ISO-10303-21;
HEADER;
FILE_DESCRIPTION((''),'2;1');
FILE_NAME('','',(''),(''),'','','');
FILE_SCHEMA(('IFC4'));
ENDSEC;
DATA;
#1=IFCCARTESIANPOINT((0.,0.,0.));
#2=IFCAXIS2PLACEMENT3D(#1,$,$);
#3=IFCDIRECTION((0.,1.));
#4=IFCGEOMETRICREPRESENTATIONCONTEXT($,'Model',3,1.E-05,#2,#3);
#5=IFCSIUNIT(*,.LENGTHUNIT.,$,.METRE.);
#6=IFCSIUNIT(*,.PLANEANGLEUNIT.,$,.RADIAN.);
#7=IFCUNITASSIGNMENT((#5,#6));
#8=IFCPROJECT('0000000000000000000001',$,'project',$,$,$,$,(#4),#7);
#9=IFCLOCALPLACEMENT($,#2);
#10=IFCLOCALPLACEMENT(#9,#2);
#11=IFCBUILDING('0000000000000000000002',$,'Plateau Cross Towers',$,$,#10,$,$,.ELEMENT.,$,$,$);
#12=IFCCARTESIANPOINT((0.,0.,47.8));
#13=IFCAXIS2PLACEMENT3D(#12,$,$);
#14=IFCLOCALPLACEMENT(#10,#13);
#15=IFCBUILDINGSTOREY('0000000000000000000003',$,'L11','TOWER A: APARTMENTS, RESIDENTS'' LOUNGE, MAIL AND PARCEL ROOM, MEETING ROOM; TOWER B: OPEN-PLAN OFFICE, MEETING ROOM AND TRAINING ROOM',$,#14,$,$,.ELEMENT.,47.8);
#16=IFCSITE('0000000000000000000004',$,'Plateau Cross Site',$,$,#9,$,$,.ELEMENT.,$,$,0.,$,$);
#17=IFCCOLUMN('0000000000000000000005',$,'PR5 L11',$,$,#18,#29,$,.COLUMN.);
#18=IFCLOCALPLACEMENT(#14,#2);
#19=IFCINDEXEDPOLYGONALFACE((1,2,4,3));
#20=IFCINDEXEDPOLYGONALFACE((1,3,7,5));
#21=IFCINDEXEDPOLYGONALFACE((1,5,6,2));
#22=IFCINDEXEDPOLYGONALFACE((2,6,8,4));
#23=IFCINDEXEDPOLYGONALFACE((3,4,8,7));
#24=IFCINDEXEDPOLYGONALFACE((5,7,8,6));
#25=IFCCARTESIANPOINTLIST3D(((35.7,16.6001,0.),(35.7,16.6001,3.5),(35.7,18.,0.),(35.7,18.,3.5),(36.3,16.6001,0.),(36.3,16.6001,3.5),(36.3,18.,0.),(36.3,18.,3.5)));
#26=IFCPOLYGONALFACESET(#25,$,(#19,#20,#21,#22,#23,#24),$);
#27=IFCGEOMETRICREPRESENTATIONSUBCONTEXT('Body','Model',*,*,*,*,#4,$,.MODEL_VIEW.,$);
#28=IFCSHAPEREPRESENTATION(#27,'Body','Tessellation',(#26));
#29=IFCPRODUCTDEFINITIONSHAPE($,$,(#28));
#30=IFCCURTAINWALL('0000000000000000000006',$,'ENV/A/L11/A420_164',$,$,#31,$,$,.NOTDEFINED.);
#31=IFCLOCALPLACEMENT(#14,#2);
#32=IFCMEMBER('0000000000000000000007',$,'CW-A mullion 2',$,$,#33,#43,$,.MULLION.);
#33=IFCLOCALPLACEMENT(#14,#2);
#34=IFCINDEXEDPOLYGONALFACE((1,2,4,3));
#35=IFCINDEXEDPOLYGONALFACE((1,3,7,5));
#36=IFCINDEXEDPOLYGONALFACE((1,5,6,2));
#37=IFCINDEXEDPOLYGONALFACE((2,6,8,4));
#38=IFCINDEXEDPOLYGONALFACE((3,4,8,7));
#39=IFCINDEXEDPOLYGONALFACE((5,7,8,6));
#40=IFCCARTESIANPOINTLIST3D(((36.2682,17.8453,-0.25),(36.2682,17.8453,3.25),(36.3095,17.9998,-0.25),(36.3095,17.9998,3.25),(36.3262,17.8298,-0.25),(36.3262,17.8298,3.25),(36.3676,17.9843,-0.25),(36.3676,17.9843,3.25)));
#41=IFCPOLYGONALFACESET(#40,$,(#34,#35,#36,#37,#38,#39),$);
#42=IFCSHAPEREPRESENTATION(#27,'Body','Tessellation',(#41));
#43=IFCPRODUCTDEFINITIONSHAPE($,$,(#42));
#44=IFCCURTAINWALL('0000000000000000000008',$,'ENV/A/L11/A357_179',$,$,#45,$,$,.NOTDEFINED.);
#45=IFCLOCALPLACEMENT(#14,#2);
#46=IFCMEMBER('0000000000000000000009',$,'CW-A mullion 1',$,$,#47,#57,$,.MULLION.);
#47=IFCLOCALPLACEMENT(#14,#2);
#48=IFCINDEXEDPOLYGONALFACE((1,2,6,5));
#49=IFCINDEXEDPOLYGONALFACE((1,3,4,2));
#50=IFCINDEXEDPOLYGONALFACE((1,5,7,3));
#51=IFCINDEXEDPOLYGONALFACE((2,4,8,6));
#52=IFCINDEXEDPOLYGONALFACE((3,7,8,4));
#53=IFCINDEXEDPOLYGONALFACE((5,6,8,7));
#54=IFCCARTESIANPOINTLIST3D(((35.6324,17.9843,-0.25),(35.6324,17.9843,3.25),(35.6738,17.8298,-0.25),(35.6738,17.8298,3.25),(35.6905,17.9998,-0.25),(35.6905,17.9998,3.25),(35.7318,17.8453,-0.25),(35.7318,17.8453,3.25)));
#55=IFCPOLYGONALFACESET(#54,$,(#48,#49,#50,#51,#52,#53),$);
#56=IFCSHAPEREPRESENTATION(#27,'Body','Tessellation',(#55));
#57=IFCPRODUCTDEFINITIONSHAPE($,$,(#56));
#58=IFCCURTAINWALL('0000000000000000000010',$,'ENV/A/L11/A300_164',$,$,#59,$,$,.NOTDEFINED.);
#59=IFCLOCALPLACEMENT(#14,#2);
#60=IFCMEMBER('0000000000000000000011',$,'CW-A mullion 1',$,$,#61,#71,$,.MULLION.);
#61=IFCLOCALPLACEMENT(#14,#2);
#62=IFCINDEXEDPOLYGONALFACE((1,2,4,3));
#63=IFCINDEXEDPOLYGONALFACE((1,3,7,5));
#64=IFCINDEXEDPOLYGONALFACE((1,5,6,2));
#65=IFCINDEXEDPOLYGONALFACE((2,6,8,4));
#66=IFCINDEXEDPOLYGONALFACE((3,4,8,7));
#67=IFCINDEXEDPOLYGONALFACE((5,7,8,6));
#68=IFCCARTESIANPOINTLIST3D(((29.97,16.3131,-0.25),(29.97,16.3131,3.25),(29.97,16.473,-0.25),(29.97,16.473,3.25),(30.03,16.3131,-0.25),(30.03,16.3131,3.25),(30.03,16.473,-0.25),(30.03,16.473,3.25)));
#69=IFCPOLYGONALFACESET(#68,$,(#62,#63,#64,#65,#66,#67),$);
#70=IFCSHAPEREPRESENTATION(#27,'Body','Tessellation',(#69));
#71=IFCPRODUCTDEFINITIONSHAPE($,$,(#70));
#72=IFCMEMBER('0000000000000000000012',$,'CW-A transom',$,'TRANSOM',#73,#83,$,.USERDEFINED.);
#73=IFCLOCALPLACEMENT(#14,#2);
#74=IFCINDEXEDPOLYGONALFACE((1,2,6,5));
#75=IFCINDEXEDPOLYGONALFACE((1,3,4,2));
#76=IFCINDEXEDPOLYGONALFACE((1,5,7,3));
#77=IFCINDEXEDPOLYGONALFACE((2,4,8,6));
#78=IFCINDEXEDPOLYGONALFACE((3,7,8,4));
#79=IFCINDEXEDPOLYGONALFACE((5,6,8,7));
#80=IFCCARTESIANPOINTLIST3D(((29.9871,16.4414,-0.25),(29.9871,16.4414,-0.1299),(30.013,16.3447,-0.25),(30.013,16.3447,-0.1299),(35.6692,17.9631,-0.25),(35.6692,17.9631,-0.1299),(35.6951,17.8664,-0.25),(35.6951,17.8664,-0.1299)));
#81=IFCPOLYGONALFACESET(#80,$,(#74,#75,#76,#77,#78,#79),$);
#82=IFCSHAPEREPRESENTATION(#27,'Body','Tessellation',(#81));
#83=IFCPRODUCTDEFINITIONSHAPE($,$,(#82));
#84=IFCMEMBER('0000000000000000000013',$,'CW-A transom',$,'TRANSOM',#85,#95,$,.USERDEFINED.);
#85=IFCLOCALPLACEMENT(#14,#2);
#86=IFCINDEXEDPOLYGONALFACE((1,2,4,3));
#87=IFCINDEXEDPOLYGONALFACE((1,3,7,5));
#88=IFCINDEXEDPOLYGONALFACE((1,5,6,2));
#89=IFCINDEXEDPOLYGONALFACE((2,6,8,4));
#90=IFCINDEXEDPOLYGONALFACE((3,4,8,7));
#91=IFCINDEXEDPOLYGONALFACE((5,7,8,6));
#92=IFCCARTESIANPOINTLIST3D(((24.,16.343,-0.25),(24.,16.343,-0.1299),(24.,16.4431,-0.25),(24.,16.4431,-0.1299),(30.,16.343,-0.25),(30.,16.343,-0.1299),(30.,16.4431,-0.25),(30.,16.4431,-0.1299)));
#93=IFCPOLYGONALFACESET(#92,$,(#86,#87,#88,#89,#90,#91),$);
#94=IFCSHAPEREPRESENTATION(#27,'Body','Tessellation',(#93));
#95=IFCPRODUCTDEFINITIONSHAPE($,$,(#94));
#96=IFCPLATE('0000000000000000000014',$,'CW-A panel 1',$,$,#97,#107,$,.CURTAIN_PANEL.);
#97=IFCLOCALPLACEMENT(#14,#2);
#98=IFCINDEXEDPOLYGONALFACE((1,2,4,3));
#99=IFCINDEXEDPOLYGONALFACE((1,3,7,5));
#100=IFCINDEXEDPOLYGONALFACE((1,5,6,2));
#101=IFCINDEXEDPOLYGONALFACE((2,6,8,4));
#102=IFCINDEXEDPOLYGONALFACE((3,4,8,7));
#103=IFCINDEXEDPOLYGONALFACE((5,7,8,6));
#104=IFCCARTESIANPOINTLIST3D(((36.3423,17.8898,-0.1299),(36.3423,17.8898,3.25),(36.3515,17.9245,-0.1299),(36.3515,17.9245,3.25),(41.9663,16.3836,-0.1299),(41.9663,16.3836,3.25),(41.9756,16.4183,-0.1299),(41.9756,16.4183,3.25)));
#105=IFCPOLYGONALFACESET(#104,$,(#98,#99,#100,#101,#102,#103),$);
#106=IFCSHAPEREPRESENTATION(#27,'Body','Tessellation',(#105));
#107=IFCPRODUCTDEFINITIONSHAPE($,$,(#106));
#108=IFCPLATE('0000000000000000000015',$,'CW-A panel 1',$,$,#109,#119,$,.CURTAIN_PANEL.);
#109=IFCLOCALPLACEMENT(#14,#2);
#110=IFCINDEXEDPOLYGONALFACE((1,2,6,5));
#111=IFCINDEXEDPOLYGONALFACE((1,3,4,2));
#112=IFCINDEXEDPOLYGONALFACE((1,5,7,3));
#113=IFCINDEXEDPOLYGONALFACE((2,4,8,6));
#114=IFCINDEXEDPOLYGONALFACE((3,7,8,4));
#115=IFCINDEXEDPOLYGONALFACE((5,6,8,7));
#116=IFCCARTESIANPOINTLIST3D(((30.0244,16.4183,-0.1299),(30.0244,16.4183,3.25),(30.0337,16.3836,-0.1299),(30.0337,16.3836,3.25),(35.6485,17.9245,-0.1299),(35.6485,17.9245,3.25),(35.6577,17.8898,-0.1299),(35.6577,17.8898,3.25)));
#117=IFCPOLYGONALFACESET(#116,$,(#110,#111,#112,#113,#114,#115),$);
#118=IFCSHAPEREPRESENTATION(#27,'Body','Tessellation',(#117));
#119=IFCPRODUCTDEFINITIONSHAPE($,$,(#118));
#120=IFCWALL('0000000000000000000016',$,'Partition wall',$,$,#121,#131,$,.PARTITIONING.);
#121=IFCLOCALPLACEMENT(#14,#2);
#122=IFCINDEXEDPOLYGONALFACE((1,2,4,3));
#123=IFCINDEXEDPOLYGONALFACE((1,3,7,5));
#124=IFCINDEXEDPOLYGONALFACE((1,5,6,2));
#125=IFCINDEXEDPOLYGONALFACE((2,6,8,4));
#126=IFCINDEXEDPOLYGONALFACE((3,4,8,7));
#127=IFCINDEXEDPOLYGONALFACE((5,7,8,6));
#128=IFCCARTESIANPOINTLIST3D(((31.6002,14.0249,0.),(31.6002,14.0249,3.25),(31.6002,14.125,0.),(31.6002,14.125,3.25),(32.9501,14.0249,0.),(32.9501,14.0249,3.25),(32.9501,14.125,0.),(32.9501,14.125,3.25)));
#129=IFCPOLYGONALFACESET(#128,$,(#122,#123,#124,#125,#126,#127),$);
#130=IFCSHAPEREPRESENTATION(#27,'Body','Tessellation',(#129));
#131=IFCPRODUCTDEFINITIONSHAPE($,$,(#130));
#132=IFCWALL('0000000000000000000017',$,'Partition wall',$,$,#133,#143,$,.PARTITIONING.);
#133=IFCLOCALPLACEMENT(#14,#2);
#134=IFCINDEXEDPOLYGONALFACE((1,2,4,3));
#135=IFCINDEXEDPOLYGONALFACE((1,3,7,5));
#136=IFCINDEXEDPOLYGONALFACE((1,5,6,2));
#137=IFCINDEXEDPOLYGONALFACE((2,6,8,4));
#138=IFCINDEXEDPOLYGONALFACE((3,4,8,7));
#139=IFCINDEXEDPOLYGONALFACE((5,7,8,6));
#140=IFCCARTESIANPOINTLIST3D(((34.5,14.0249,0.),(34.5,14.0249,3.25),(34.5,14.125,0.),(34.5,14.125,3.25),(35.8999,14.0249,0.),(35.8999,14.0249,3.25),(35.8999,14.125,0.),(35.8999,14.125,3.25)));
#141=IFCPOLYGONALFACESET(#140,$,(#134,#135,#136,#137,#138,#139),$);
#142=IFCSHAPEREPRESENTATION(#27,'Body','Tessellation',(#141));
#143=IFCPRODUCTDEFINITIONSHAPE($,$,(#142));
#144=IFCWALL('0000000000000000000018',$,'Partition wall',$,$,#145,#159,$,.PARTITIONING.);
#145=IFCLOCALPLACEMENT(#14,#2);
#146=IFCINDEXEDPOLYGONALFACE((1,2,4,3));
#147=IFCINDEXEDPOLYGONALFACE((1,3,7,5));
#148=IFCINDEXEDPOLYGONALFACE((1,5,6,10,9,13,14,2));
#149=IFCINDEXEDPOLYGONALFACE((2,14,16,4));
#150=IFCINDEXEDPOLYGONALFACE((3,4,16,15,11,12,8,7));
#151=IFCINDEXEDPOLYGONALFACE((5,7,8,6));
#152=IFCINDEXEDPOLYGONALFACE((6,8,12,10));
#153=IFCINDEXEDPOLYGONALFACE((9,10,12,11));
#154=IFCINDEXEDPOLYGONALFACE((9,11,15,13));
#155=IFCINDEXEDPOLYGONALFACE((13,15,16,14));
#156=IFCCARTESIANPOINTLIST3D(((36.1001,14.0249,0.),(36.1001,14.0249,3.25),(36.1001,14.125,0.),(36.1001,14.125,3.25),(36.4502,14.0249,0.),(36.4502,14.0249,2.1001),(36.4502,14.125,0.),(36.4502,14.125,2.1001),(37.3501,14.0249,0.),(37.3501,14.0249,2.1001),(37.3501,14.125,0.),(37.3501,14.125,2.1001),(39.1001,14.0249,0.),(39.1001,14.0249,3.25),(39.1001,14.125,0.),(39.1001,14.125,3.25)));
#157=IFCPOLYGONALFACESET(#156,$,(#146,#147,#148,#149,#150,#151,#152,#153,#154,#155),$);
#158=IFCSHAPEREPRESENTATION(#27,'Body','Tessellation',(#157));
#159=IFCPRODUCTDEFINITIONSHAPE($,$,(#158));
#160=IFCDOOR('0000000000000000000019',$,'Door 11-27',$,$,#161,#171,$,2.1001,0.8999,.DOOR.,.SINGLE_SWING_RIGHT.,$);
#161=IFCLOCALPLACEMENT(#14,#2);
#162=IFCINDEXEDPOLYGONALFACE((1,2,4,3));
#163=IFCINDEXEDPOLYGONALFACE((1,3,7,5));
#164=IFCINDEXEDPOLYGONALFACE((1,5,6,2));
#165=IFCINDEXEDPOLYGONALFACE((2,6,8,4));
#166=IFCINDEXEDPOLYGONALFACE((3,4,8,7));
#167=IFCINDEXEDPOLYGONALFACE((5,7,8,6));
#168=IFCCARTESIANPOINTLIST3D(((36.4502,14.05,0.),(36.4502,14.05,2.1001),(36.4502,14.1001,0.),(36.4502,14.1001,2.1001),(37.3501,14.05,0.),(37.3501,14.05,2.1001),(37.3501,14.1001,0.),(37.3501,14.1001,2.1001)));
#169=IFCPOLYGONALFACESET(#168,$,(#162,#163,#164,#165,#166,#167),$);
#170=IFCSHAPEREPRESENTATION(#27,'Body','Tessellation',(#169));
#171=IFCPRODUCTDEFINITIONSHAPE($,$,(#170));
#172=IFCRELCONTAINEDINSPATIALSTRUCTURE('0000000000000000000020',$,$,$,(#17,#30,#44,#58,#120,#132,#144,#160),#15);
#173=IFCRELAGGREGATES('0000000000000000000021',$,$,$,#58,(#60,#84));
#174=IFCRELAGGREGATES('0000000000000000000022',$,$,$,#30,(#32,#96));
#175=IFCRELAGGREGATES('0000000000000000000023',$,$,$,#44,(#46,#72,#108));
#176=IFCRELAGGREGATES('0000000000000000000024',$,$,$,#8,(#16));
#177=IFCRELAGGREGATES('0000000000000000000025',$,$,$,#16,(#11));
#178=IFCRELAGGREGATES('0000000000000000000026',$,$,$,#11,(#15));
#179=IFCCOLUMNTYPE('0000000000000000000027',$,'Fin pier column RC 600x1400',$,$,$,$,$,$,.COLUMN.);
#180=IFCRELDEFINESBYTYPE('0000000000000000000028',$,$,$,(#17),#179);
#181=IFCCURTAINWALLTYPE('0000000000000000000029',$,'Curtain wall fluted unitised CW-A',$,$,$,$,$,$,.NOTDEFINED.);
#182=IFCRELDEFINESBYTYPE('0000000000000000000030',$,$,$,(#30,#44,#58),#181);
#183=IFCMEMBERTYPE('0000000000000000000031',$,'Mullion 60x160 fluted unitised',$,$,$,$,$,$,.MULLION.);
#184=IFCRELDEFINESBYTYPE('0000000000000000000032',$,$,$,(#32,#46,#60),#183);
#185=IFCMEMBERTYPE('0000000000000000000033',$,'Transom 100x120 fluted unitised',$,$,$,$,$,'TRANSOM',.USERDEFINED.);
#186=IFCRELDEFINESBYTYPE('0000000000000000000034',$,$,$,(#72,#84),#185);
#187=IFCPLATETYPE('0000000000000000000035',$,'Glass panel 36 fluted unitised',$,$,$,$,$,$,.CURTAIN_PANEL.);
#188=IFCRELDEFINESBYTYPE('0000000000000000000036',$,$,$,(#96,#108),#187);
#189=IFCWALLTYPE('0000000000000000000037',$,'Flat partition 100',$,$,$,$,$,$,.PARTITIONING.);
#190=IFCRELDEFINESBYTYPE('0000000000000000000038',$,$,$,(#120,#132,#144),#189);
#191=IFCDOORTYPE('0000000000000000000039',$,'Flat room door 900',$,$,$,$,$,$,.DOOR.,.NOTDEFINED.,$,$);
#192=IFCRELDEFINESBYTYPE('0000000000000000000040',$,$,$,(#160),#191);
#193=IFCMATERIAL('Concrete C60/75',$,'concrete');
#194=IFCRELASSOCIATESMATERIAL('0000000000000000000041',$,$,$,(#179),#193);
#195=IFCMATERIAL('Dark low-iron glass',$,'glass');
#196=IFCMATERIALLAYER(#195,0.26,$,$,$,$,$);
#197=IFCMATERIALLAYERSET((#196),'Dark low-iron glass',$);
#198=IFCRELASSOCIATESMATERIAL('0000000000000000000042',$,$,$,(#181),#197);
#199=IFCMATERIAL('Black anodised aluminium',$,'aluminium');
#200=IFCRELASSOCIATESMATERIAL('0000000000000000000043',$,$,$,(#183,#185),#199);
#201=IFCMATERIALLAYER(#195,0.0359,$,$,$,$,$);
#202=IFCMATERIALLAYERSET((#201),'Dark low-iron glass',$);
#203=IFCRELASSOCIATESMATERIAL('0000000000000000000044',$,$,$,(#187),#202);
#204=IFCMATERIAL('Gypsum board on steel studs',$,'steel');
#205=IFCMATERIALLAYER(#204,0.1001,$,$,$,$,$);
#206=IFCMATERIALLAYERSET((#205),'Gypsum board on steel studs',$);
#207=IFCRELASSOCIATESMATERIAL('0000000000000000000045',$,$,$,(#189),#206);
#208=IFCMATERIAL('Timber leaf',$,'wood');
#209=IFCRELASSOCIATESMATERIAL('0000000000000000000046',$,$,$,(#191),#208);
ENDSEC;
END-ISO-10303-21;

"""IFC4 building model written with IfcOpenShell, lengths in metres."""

from ifc_helpers import new_model, si_unit, direction, frame, frame_2d, origin, origin_2d, place, context, subcontext, project, spatial, rectangle, extrude, material, layer, layer_set, material_profile, profile_set, type_object, element, fill, aggregate, save


model = new_model("IFC4")

# Units and contexts
model_context = context("Model", 3, precision=1e-05, world=origin(), true_north=direction((0.0, 1.0)))
body_context = subcontext(model_context, "Body", "Model", "MODEL_VIEW")
ifc_project = project(units=[si_unit("LENGTHUNIT", "METRE"), si_unit("PLANEANGLEUNIT", "RADIAN")], contexts=[model_context])

# Site, building, storey
site_placement = place(None, origin())
site = spatial("IfcSite", under=ifc_project, at=site_placement, Name="Plateau Cross Site", CompositionType="ELEMENT", RefElevation=0.0)
building_placement = place(site_placement, origin())
building = spatial("IfcBuilding", under=site, at=building_placement, Name="Plateau Cross Towers", CompositionType="ELEMENT")
storey_placement = place(building_placement, frame((0.0, 0.0, 47.8)))
storey = spatial("IfcBuildingStorey", under=building, at=storey_placement, Name="L11", Description="TOWER A: APARTMENTS, RESIDENTS' LOUNGE, MAIL AND PARCEL ROOM, MEETING ROOM; TOWER B: OPEN-PLAN OFFICE, MEETING ROOM AND TRAINING ROOM", CompositionType="ELEMENT", Elevation=47.8)

# Column
ifc_material_1 = material(Name="Concrete C60/75", Category="concrete")
ifc_material_profile_1 = material_profile(ifc_material_1, rectangle(XDim=0.6001, YDim=1.3999, at=origin_2d()), Name="RC 600x1400")
ifc_profile_set_1 = profile_set([ifc_material_profile_1], Name="Concrete C60/75")
column_type = type_object("IfcColumnType", Name="Fin pier column RC 600x1400", PredefinedType="COLUMN", material=ifc_profile_set_1)
column_placement = place(storey_placement, frame((36.0, 17.3, 0.0), z_axis=(0.0, 0.0, 1.0), x_axis=(1.0, 0.0, 0.0)))
element("IfcColumn", 1, at=column_placement, inside=storey, type_object=column_type, Name="PR5 L11", PredefinedType="COLUMN", context=body_context, shape_type="SweptSolid", body=[
    extrude(rectangle(XDim=0.6001, YDim=1.3999, at=origin_2d()), origin(), (0.0, 0.0, 1.0), 3.5),
])

# Curtain walls, members
ifc_material_2 = material(Name="Dark low-iron glass", Category="glass")
ifc_layer_1 = layer(ifc_material_2, 0.26)
ifc_layer_set_1 = layer_set([ifc_layer_1], Name="Dark low-iron glass")
curtain_wall_type = type_object("IfcCurtainWallType", Name="Curtain wall fluted unitised CW-A", PredefinedType="NOTDEFINED", material=ifc_layer_set_1)
curtain_wall_1_placement = place(storey_placement, origin())
curtain_wall_1 = element("IfcCurtainWall", 2, at=curtain_wall_1_placement, inside=storey, type_object=curtain_wall_type, Name="ENV/A/L11/A420_164", PredefinedType="NOTDEFINED")
ifc_material_3 = material(Name="Black anodised aluminium", Category="aluminium")
ifc_material_profile_2 = material_profile(ifc_material_3, rectangle(XDim=0.0601, YDim=0.1599, at=origin_2d()), Name="MULLION 60x160")
ifc_profile_set_2 = profile_set([ifc_material_profile_2], Name="Black anodised aluminium")
member_type_1 = type_object("IfcMemberType", Name="Mullion 60x160 fluted unitised", PredefinedType="MULLION", material=ifc_profile_set_2)
member_1_placement = place(storey_placement, frame((36.3179, 17.9148, -0.25), z_axis=(0.0, 0.0, 1.0), x_axis=(-0.965958, 0.258699, 0.0)))
member_1 = element("IfcMember", 3, at=member_1_placement, type_object=member_type_1, Name="CW-A mullion 2", PredefinedType="MULLION", context=body_context, shape_type="SweptSolid", body=[
    extrude(rectangle(XDim=0.0601, YDim=0.1599, at=origin_2d()), origin(), (0.0, 0.0, 1.0), 3.5),
])
curtain_wall_2_placement = place(storey_placement, origin())
curtain_wall_2 = element("IfcCurtainWall", 4, at=curtain_wall_2_placement, inside=storey, type_object=curtain_wall_type, Name="ENV/A/L11/A357_179", PredefinedType="NOTDEFINED")
member_2_placement = place(storey_placement, frame((35.6821, 17.9148, -0.25), z_axis=(0.0, 0.0, 1.0), x_axis=(-0.965958, -0.258699, 0.0)))
member_2 = element("IfcMember", 5, at=member_2_placement, type_object=member_type_1, Name="CW-A mullion 1", PredefinedType="MULLION", context=body_context, shape_type="SweptSolid", body=[
    extrude(rectangle(XDim=0.0601, YDim=0.1599, at=origin_2d()), origin(), (0.0, 0.0, 1.0), 3.5),
])
curtain_wall_3_placement = place(storey_placement, origin())
curtain_wall_3 = element("IfcCurtainWall", 6, at=curtain_wall_3_placement, inside=storey, type_object=curtain_wall_type, Name="ENV/A/L11/A300_164", PredefinedType="NOTDEFINED")
member_3_placement = place(storey_placement, frame((30.0, 16.3931, -0.25), z_axis=(0.0, 0.0, 1.0), x_axis=(-1.0, 0.0, 0.0)))
member_3 = element("IfcMember", 7, at=member_3_placement, type_object=member_type_1, Name="CW-A mullion 1", PredefinedType="MULLION", context=body_context, shape_type="SweptSolid", body=[
    extrude(rectangle(XDim=0.0601, YDim=0.1599, at=origin_2d()), origin(), (0.0, 0.0, 1.0), 3.5),
])

# Members
ifc_material_profile_3 = material_profile(ifc_material_3, rectangle(XDim=0.1001, YDim=0.1201, at=origin_2d()), Name="TRANSOM 100x120")
ifc_profile_set_3 = profile_set([ifc_material_profile_3], Name="Black anodised aluminium")
member_type_2 = type_object("IfcMemberType", Name="Transom 100x120 fluted unitised", ElementType="TRANSOM", PredefinedType="USERDEFINED", material=ifc_profile_set_3)
member_4_placement = place(storey_placement, frame((35.6821, 17.9148, -0.1899), z_axis=(-0.96596, -0.258693, 0.0), x_axis=(0.258693, -0.96596, 0.0)))
member_4 = element("IfcMember", 8, at=member_4_placement, type_object=member_type_2, Name="CW-A transom", ObjectType="TRANSOM", PredefinedType="USERDEFINED", context=body_context, shape_type="SweptSolid", body=[
    extrude(rectangle(XDim=0.1001, YDim=0.1201, at=origin_2d()), origin(), (0.0, 0.0, 1.0), 5.8823),
])
member_5_placement = place(storey_placement, frame((30.0, 16.3931, -0.1899), z_axis=(-1.0, 0.0, 0.0), x_axis=(0.0, -1.0, 0.0)))
member_5 = element("IfcMember", 9, at=member_5_placement, type_object=member_type_2, Name="CW-A transom", ObjectType="TRANSOM", PredefinedType="USERDEFINED", context=body_context, shape_type="SweptSolid", body=[
    extrude(rectangle(XDim=0.1001, YDim=0.1201, at=origin_2d()), origin(), (0.0, 0.0, 1.0), 6.0),
])
aggregate(curtain_wall_3, [member_3, member_5])

# Plates
ifc_layer_2 = layer(ifc_material_2, 0.0359)
ifc_layer_set_2 = layer_set([ifc_layer_2], Name="Dark low-iron glass")
plate_type = type_object("IfcPlateType", Name="Glass panel 36 fluted unitised", PredefinedType="CURTAIN_PANEL", material=ifc_layer_set_2)
plate_1_placement = place(storey_placement, frame((39.1589, 17.1541, -0.1299), z_axis=(0.0, 0.0, 1.0), x_axis=(-0.965958, 0.258699, 0.0)))
plate_1 = element("IfcPlate", 10, at=plate_1_placement, type_object=plate_type, Name="CW-A panel 1", PredefinedType="CURTAIN_PANEL", context=body_context, shape_type="SweptSolid", body=[
    extrude(rectangle(XDim=5.8223, YDim=0.0359, at=origin_2d()), origin(), (0.0, 0.0, 1.0), 3.3799),
])
aggregate(curtain_wall_1, [member_1, plate_1])
plate_2_placement = place(storey_placement, frame((32.8411, 17.1541, -0.1299), z_axis=(0.0, 0.0, 1.0), x_axis=(-0.965958, -0.258699, 0.0)))
plate_2 = element("IfcPlate", 11, at=plate_2_placement, type_object=plate_type, Name="CW-A panel 1", PredefinedType="CURTAIN_PANEL", context=body_context, shape_type="SweptSolid", body=[
    extrude(rectangle(XDim=5.8223, YDim=0.0359, at=origin_2d()), origin(), (0.0, 0.0, 1.0), 3.3799),
])
aggregate(curtain_wall_2, [member_2, member_4, plate_2])

# Walls
ifc_material_4 = material(Name="Gypsum board on steel studs", Category="steel")
ifc_layer_3 = layer(ifc_material_4, 0.1001)
ifc_layer_set_3 = layer_set([ifc_layer_3], Name="Gypsum board on steel studs")
wall_type_1 = type_object("IfcWallType", Name="Flat partition 100", PredefinedType="PARTITIONING", material=ifc_layer_set_3)
wall_1_placement = place(storey_placement, frame((32.95, 14.075, 0.0), z_axis=(0.0, 0.0, 1.0), x_axis=(-1.0, 0.0, 0.0)))
element("IfcWall", 12, at=wall_1_placement, inside=storey, type_object=wall_type_1, Name="Partition wall", PredefinedType="PARTITIONING", context=body_context, shape_type="SweptSolid", body=[
    extrude(rectangle(XDim=1.3499, YDim=0.1001, at=frame_2d((0.6748, 0.0))), origin(), (0.0, 0.0, 1.0), 3.25),
])
wall_2_placement = place(storey_placement, frame((35.8999, 14.075, 0.0), z_axis=(0.0, 0.0, 1.0), x_axis=(-1.0, 0.0, 0.0)))
element("IfcWall", 13, at=wall_2_placement, inside=storey, type_object=wall_type_1, Name="Partition wall", PredefinedType="PARTITIONING", context=body_context, shape_type="SweptSolid", body=[
    extrude(rectangle(XDim=1.3999, YDim=0.1001, at=frame_2d((0.7, 0.0))), origin(), (0.0, 0.0, 1.0), 3.25),
])

# Wall, opening, door
wall_3_placement = place(storey_placement, frame((39.1001, 14.075, 0.0), z_axis=(0.0, 0.0, 1.0), x_axis=(-1.0, 0.0, 0.0)))
wall_3 = element("IfcWall", 14, at=wall_3_placement, inside=storey, type_object=wall_type_1, Name="Partition wall", PredefinedType="PARTITIONING", context=body_context, shape_type="SweptSolid", body=[
    extrude(rectangle(XDim=3.0, YDim=0.1001, at=frame_2d((1.5, 0.0))), origin(), (0.0, 0.0, 1.0), 3.25),
])
opening_1_placement = place(wall_3_placement, frame((1.75, 0.0, 0.0)))
opening_1 = element("IfcOpeningElement", 15, at=opening_1_placement, cuts=wall_3, PredefinedType="OPENING", context=body_context, shape_type="SweptSolid", body=[
    extrude(rectangle(XDim=0.8999, YDim=2.1001, at=frame_2d((0.45, 1.05))), frame((0.0, 0.0601, 0.0), z_axis=(0.0, -1.0, 0.0), x_axis=(1.0, 0.0, 0.0)), (0.0, 0.0, 1.0), 0.1201),
])
ifc_material_5 = material(Name="Timber leaf", Category="wood")
door_type = type_object("IfcDoorType", Name="Flat room door 900", OperationType="NOTDEFINED", PredefinedType="DOOR", material=ifc_material_5)
door_1_placement = place(opening_1_placement, origin())
door_1 = element("IfcDoor", 16, at=door_1_placement, inside=storey, type_object=door_type, Name="Door 11-27", OperationType="SINGLE_SWING_RIGHT", OverallHeight=2.1001, OverallWidth=0.8999, PredefinedType="DOOR", context=body_context, shape_type="SweptSolid", body=[
    extrude(rectangle(XDim=0.8999, YDim=2.1001, at=frame_2d((0.45, 1.05))), frame((0.0, 0.0249, 0.0), z_axis=(0.0, -1.0, 0.0), x_axis=(1.0, 0.0, 0.0)), (0.0, 0.0, 1.0), 0.05),
])
fill(opening_1, door_1)

save(model, "model.ifc")
